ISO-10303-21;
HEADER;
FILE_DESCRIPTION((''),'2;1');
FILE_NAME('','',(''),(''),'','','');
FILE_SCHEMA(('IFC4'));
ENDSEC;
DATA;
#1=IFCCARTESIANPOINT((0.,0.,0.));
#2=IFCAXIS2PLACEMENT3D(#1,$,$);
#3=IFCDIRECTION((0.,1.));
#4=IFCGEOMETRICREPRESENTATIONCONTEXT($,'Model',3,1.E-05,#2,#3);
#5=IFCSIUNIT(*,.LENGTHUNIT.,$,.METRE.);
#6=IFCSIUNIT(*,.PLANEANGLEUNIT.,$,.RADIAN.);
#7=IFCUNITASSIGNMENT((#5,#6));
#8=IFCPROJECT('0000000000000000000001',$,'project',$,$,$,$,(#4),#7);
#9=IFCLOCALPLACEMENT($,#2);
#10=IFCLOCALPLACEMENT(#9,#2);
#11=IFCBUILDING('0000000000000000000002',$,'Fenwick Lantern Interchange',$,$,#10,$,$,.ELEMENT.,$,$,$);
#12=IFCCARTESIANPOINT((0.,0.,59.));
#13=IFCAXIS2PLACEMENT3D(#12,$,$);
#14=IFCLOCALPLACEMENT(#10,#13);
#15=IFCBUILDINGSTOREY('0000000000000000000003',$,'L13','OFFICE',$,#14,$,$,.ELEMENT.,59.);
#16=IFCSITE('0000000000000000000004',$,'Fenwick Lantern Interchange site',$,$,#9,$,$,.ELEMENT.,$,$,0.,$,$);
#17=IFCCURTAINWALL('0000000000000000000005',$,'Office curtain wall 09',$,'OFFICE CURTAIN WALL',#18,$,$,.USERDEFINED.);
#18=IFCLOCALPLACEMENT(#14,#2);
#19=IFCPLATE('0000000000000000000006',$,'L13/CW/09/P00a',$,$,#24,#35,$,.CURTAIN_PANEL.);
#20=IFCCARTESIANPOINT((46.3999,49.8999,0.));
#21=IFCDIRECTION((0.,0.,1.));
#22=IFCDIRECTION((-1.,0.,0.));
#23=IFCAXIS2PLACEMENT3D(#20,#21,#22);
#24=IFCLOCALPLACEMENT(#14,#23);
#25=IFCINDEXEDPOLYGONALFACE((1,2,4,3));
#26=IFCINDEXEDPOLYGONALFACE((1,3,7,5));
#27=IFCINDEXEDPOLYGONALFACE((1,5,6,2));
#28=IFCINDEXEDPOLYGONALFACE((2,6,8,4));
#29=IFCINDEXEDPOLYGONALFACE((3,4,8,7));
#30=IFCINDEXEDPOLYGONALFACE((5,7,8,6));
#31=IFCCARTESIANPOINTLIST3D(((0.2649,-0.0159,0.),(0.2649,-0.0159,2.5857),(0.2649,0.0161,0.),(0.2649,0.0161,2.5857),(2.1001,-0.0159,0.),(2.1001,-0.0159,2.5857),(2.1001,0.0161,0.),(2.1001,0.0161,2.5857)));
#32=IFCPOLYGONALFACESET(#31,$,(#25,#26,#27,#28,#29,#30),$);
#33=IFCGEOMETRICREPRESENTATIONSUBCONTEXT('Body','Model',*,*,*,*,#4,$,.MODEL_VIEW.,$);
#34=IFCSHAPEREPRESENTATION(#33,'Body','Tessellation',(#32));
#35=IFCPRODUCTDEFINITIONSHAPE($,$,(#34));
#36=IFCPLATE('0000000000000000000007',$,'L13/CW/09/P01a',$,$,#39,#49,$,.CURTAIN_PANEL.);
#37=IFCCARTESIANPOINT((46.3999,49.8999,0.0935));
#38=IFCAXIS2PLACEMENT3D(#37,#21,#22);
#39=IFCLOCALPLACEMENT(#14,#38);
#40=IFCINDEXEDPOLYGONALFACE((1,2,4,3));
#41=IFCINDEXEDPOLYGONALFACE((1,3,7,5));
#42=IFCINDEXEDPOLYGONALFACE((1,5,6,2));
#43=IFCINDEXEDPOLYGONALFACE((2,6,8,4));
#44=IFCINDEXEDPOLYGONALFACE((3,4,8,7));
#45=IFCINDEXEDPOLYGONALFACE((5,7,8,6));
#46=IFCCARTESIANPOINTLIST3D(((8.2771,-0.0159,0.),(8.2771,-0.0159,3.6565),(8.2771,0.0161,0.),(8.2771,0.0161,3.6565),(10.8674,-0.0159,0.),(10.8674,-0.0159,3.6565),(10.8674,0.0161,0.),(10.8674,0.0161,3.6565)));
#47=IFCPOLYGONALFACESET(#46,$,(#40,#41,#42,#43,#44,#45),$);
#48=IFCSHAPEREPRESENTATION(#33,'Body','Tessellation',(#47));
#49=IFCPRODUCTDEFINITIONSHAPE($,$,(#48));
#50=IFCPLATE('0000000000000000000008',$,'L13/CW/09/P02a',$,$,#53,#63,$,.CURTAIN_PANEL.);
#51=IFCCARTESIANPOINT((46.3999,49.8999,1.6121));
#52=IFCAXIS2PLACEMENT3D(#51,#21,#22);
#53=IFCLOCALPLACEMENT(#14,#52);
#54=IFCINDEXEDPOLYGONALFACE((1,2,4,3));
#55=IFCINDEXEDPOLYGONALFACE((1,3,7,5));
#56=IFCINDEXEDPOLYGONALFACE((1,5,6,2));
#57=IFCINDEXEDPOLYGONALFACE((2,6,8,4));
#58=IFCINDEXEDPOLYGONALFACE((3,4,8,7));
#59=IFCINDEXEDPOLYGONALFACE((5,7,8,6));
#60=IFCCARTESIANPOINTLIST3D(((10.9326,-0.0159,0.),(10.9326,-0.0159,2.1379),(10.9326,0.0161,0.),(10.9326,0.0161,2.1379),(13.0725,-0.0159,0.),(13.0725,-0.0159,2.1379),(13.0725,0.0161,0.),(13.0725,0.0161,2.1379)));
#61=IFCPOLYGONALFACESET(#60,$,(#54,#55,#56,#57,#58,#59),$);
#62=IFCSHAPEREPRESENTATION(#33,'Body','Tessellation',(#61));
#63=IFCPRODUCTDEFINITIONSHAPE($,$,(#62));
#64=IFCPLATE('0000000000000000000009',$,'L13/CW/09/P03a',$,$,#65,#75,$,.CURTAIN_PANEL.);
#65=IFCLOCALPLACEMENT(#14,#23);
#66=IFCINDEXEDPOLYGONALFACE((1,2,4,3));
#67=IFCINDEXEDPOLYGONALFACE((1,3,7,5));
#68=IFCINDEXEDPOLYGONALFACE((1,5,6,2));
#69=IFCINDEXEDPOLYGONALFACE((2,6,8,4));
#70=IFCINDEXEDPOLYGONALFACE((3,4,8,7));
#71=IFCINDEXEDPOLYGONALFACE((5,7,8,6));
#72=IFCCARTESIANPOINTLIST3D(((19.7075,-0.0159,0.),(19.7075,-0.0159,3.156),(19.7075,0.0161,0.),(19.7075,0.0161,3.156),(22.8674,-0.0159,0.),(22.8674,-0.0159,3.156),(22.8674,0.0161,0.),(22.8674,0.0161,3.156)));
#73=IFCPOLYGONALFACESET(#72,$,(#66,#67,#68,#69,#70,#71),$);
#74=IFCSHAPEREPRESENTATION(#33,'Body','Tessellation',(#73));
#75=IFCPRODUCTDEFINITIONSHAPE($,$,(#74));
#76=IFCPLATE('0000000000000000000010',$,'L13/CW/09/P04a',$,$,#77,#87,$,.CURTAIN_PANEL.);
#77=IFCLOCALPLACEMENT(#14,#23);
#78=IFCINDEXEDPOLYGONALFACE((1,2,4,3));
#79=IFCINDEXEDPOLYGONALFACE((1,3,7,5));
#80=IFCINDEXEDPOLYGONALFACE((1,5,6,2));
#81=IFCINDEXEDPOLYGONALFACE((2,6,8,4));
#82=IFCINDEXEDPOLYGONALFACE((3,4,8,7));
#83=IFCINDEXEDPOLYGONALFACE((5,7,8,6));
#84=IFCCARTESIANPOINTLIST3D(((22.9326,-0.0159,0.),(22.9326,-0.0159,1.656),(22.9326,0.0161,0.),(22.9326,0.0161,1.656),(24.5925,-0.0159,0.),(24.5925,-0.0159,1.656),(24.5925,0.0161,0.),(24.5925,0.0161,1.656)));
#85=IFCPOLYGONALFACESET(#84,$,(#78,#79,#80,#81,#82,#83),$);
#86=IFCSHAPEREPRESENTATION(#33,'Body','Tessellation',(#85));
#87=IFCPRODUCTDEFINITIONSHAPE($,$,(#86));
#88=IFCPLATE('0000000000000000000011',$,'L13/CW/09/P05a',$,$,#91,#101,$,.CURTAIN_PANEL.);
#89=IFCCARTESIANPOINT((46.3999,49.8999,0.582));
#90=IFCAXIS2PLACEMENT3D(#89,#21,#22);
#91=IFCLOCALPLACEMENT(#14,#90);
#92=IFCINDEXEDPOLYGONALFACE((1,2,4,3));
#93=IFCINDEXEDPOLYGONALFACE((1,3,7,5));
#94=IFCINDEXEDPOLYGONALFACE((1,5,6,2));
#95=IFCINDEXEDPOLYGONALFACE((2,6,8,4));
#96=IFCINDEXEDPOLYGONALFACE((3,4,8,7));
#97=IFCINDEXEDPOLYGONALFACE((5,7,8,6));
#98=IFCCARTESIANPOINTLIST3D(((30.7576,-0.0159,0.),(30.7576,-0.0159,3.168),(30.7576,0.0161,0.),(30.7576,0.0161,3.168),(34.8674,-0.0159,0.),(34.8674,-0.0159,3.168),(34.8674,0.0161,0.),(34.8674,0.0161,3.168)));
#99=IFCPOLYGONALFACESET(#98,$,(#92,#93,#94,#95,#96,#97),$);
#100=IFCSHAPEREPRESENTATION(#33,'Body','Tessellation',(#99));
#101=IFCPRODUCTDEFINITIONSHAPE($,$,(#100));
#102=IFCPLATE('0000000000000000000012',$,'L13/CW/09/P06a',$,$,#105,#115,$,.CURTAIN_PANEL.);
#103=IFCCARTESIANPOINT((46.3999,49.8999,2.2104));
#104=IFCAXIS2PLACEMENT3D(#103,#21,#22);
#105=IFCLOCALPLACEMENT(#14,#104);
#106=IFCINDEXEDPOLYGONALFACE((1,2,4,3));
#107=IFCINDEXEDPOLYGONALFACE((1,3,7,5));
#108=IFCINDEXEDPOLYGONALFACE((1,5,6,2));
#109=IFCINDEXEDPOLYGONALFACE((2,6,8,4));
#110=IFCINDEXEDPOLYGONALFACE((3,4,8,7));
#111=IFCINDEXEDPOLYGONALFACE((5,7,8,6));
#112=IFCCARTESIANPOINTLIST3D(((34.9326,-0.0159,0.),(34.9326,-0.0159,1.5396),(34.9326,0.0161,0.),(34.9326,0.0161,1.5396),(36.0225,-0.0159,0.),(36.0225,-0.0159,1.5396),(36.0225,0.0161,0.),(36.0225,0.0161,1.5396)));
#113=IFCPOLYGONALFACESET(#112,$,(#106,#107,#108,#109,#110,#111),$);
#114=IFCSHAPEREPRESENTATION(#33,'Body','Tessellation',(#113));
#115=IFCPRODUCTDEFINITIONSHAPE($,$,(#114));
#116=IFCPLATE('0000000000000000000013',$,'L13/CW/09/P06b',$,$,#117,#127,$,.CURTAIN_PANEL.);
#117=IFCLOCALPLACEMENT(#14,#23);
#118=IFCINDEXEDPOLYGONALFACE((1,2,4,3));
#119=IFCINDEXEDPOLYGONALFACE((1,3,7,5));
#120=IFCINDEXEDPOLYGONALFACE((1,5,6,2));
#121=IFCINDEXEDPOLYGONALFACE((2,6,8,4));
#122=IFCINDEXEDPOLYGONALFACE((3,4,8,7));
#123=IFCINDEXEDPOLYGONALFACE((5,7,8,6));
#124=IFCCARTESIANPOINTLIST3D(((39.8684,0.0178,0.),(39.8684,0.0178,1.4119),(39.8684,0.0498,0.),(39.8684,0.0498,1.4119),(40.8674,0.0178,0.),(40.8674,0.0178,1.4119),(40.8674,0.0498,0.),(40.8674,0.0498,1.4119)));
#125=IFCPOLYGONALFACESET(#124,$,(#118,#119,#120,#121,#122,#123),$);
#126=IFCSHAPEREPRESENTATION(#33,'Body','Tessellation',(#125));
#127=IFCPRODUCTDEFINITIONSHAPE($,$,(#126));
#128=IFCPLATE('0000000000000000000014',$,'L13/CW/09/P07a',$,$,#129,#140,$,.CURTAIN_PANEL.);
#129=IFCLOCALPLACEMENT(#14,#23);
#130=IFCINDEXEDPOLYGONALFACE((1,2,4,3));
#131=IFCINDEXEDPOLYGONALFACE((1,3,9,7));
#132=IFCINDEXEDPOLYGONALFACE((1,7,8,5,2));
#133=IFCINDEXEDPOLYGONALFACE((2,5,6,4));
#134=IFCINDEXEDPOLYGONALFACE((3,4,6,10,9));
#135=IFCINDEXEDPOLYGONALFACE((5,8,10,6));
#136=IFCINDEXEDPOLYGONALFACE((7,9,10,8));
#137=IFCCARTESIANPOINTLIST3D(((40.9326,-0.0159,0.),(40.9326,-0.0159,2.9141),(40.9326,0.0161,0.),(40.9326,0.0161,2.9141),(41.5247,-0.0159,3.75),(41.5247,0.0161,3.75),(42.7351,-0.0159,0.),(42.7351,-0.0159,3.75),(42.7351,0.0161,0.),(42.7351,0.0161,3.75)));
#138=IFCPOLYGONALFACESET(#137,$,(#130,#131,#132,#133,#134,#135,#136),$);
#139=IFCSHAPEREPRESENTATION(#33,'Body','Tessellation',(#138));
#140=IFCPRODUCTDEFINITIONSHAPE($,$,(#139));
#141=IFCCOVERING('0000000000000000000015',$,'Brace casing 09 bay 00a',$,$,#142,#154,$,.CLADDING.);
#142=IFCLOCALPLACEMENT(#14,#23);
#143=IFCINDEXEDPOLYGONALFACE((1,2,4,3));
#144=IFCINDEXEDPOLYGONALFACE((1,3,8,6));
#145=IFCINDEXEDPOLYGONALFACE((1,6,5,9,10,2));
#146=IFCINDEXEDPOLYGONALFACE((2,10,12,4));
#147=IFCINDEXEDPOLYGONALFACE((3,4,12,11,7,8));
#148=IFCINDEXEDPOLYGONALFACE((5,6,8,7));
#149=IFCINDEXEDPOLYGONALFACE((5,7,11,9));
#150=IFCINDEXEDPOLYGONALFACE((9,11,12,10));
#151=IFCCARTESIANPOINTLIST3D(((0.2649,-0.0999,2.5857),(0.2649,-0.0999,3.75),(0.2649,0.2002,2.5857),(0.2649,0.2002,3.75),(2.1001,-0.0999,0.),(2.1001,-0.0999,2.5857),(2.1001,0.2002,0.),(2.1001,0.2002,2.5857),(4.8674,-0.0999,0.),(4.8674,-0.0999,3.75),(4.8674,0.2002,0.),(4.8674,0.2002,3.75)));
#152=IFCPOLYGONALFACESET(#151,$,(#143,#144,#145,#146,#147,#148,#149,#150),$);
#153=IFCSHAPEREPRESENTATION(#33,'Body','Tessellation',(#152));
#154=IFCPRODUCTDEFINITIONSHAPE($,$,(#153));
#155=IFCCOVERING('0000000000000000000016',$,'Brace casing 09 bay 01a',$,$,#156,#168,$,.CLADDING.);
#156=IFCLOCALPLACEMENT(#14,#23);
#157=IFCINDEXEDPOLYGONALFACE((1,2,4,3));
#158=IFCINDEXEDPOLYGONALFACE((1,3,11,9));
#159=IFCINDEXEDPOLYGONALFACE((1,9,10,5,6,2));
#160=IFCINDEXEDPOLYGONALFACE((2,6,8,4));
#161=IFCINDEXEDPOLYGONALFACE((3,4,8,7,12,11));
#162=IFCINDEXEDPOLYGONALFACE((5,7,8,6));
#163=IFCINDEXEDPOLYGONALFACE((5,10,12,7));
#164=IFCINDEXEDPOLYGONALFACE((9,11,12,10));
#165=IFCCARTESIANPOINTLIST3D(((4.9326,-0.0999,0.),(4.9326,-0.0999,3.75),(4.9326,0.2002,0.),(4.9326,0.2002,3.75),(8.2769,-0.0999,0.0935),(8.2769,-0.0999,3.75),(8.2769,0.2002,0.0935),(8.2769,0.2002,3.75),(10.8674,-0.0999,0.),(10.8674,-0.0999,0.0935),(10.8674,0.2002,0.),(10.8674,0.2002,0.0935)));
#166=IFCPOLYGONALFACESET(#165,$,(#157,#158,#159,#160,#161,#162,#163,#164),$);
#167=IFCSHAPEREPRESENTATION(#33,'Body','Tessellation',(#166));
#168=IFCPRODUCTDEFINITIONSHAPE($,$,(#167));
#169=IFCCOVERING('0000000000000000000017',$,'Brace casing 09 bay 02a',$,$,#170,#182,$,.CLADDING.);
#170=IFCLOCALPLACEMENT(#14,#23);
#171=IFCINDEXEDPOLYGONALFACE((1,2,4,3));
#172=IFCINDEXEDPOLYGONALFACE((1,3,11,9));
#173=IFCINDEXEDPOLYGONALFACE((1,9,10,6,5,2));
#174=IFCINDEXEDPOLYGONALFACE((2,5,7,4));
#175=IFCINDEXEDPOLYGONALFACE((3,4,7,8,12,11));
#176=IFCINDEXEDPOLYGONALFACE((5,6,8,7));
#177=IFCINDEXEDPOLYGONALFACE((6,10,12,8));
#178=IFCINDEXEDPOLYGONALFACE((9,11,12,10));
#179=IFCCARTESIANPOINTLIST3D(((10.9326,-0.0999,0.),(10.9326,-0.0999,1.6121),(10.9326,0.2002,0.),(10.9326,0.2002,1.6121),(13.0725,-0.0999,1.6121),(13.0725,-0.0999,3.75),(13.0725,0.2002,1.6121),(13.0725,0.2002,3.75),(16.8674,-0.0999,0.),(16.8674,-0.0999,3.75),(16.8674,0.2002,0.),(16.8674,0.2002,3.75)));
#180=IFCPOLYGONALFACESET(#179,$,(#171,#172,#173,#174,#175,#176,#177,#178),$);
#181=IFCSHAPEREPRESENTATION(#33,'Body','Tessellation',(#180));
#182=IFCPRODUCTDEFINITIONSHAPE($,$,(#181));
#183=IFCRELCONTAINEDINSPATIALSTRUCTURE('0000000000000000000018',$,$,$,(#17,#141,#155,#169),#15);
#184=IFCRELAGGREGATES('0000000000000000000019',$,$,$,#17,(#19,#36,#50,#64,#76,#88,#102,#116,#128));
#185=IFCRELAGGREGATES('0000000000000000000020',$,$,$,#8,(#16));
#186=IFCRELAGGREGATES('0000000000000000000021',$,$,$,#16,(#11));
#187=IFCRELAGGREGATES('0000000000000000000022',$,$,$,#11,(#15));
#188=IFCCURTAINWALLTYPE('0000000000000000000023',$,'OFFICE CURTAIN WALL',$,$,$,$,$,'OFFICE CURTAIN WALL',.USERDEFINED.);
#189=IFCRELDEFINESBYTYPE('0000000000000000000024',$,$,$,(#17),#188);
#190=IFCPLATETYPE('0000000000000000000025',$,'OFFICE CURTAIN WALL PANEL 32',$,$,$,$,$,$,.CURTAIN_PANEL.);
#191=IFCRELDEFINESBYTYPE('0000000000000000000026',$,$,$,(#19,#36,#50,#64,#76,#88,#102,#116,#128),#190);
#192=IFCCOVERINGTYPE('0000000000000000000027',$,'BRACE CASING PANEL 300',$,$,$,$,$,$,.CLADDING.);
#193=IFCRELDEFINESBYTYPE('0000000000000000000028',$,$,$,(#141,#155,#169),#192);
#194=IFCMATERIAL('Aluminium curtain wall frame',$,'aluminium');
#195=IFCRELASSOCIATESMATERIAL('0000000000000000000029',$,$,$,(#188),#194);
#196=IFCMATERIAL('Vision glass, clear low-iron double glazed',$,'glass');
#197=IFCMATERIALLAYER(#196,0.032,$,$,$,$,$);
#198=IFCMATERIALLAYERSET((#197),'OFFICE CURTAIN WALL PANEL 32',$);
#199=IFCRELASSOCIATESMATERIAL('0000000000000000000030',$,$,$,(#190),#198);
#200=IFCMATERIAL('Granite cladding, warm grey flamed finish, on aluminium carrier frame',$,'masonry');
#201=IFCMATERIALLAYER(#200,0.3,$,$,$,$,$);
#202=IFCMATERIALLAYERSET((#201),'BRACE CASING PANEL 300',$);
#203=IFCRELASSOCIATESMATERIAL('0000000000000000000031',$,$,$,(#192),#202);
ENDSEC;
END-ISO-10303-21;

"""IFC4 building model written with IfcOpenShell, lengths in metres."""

from ifc_helpers import new_model, si_unit, direction, frame, origin, place, context, subcontext, project, spatial, polyline, outline, extrude, material, layer, layer_set, type_object, element, aggregate, save


model = new_model("IFC4")

# Units and contexts
model_context = context("Model", 3, precision=1e-05, world=origin(), true_north=direction((0.0, 1.0)))
body_context = subcontext(model_context, "Body", "Model", "MODEL_VIEW")
ifc_project = project(units=[si_unit("LENGTHUNIT", "METRE"), si_unit("PLANEANGLEUNIT", "RADIAN")], contexts=[model_context])

# Site, building, storey
site_placement = place(None, origin())
site = spatial("IfcSite", under=ifc_project, at=site_placement, Name="Fenwick Lantern Interchange site", CompositionType="ELEMENT", RefElevation=0.0)
building_placement = place(site_placement, origin())
building = spatial("IfcBuilding", under=site, at=building_placement, Name="Fenwick Lantern Interchange", CompositionType="ELEMENT")
storey_placement = place(building_placement, frame((0.0, 0.0, 59.0)))
storey = spatial("IfcBuildingStorey", under=building, at=storey_placement, Name="L13", Description="OFFICE", CompositionType="ELEMENT", Elevation=59.0)

# Shared definitions
ifc_material_1 = material(Name="Aluminium curtain wall frame", Category="aluminium")
curtain_wall_type = type_object("IfcCurtainWallType", Name="OFFICE CURTAIN WALL", ElementType="OFFICE CURTAIN WALL", PredefinedType="USERDEFINED", material=ifc_material_1)

# Curtain wall
curtain_wall_1_placement = place(storey_placement, origin())
curtain_wall_1 = element("IfcCurtainWall", 1, at=curtain_wall_1_placement, inside=storey, type_object=curtain_wall_type, Name="Office curtain wall 09", ObjectType="OFFICE CURTAIN WALL", PredefinedType="USERDEFINED")

# Plates
ifc_material_2 = material(Name="Vision glass, clear low-iron double glazed", Category="glass")
ifc_layer_1 = layer(ifc_material_2, 0.032)
ifc_layer_set_1 = layer_set([ifc_layer_1], Name="OFFICE CURTAIN WALL PANEL 32")
plate_type = type_object("IfcPlateType", Name="OFFICE CURTAIN WALL PANEL 32", PredefinedType="CURTAIN_PANEL", material=ifc_layer_set_1)
plate_1_placement = place(storey_placement, frame((46.3999, 49.8999, 0.0), z_axis=(0.0, 0.0, 1.0), x_axis=(-1.0, 0.0, 0.0)))
plate_1 = element("IfcPlate", 2, at=plate_1_placement, type_object=plate_type, Name="L13/CW/09/P00a", PredefinedType="CURTAIN_PANEL", context=body_context, shape_type="SweptSolid", body=[
    extrude(outline(polyline([(0.2649, 0.0), (2.1001, 0.0), (2.1001, 2.5857), (0.2649, 2.5857), (0.2649, 0.0)])), frame((0.0, 0.0161, 0.0), z_axis=(0.0, -1.0, 0.0), x_axis=(1.0, 0.0, 0.0)), (0.0, 0.0, 1.0), 0.032),
])
plate_2_placement = place(storey_placement, frame((46.3999, 49.8999, 0.0935), z_axis=(0.0, 0.0, 1.0), x_axis=(-1.0, 0.0, 0.0)))
plate_2 = element("IfcPlate", 3, at=plate_2_placement, type_object=plate_type, Name="L13/CW/09/P01a", PredefinedType="CURTAIN_PANEL", context=body_context, shape_type="SweptSolid", body=[
    extrude(outline(polyline([(8.2771, 0.0), (10.8674, 0.0), (10.8674, 3.6565), (8.2771, 3.6565), (8.2771, 0.0)])), frame((0.0, 0.0161, 0.0), z_axis=(0.0, -1.0, 0.0), x_axis=(1.0, 0.0, 0.0)), (0.0, 0.0, 1.0), 0.032),
])
plate_3_placement = place(storey_placement, frame((46.3999, 49.8999, 1.6121), z_axis=(0.0, 0.0, 1.0), x_axis=(-1.0, 0.0, 0.0)))
plate_3 = element("IfcPlate", 4, at=plate_3_placement, type_object=plate_type, Name="L13/CW/09/P02a", PredefinedType="CURTAIN_PANEL", context=body_context, shape_type="SweptSolid", body=[
    extrude(outline(polyline([(10.9326, 0.0), (13.0725, 0.0), (13.0725, 2.1379), (10.9326, 2.1379), (10.9326, 0.0)])), frame((0.0, 0.0161, 0.0), z_axis=(0.0, -1.0, 0.0), x_axis=(1.0, 0.0, 0.0)), (0.0, 0.0, 1.0), 0.032),
])
plate_4_placement = place(storey_placement, frame((46.3999, 49.8999, 0.0), z_axis=(0.0, 0.0, 1.0), x_axis=(-1.0, 0.0, 0.0)))
plate_4 = element("IfcPlate", 5, at=plate_4_placement, type_object=plate_type, Name="L13/CW/09/P03a", PredefinedType="CURTAIN_PANEL", context=body_context, shape_type="SweptSolid", body=[
    extrude(outline(polyline([(19.7075, 0.0), (22.8674, 0.0), (22.8674, 3.156), (19.7075, 3.156), (19.7075, 0.0)])), frame((0.0, 0.0161, 0.0), z_axis=(0.0, -1.0, 0.0), x_axis=(1.0, 0.0, 0.0)), (0.0, 0.0, 1.0), 0.032),
])
plate_5_placement = place(storey_placement, frame((46.3999, 49.8999, 0.0), z_axis=(0.0, 0.0, 1.0), x_axis=(-1.0, 0.0, 0.0)))
plate_5 = element("IfcPlate", 6, at=plate_5_placement, type_object=plate_type, Name="L13/CW/09/P04a", PredefinedType="CURTAIN_PANEL", context=body_context, shape_type="SweptSolid", body=[
    extrude(outline(polyline([(22.9326, 0.0), (24.5925, 0.0), (24.5925, 1.656), (22.9326, 1.656), (22.9326, 0.0)])), frame((0.0, 0.0161, 0.0), z_axis=(0.0, -1.0, 0.0), x_axis=(1.0, 0.0, 0.0)), (0.0, 0.0, 1.0), 0.032),
])
plate_6_placement = place(storey_placement, frame((46.3999, 49.8999, 0.582), z_axis=(0.0, 0.0, 1.0), x_axis=(-1.0, 0.0, 0.0)))
plate_6 = element("IfcPlate", 7, at=plate_6_placement, type_object=plate_type, Name="L13/CW/09/P05a", PredefinedType="CURTAIN_PANEL", context=body_context, shape_type="SweptSolid", body=[
    extrude(outline(polyline([(30.7576, 0.0), (34.8674, 0.0), (34.8674, 3.168), (30.7576, 3.168), (30.7576, 0.0)])), frame((0.0, 0.0161, 0.0), z_axis=(0.0, -1.0, 0.0), x_axis=(1.0, 0.0, 0.0)), (0.0, 0.0, 1.0), 0.032),
])
plate_7_placement = place(storey_placement, frame((46.3999, 49.8999, 2.2104), z_axis=(0.0, 0.0, 1.0), x_axis=(-1.0, 0.0, 0.0)))
plate_7 = element("IfcPlate", 8, at=plate_7_placement, type_object=plate_type, Name="L13/CW/09/P06a", PredefinedType="CURTAIN_PANEL", context=body_context, shape_type="SweptSolid", body=[
    extrude(outline(polyline([(34.9326, 0.0), (36.0225, 0.0), (36.0225, 1.5396), (34.9326, 1.5396), (34.9326, 0.0)])), frame((0.0, 0.0161, 0.0), z_axis=(0.0, -1.0, 0.0), x_axis=(1.0, 0.0, 0.0)), (0.0, 0.0, 1.0), 0.032),
])
plate_8_placement = place(storey_placement, frame((46.3999, 49.8999, 0.0), z_axis=(0.0, 0.0, 1.0), x_axis=(-1.0, 0.0, 0.0)))
plate_8 = element("IfcPlate", 9, at=plate_8_placement, type_object=plate_type, Name="L13/CW/09/P06b", PredefinedType="CURTAIN_PANEL", context=body_context, shape_type="SweptSolid", body=[
    extrude(outline(polyline([(39.8684, 0.0), (40.8674, 0.0), (40.8674, 1.4119), (39.8684, 1.4119), (39.8684, 0.0)])), frame((0.0, 0.0498, 0.0), z_axis=(0.0, -1.0, 0.0), x_axis=(1.0, 0.0, 0.0)), (0.0, 0.0, 1.0), 0.032),
])
plate_9_placement = place(storey_placement, frame((46.3999, 49.8999, 0.0), z_axis=(0.0, 0.0, 1.0), x_axis=(-1.0, 0.0, 0.0)))
plate_9 = element("IfcPlate", 10, at=plate_9_placement, type_object=plate_type, Name="L13/CW/09/P07a", PredefinedType="CURTAIN_PANEL", context=body_context, shape_type="SweptSolid", body=[
    extrude(outline(polyline([(40.9326, 0.0), (42.7351, 0.0), (42.7351, 3.75), (41.5247, 3.75), (40.9326, 2.9141), (40.9326, 0.0)])), frame((0.0, 0.0161, 0.0), z_axis=(0.0, -1.0, 0.0), x_axis=(1.0, 0.0, 0.0)), (0.0, 0.0, 1.0), 0.032),
])
aggregate(curtain_wall_1, [plate_1, plate_2, plate_3, plate_4, plate_5, plate_6, plate_7, plate_8, plate_9])

# Coverings
ifc_material_3 = material(Name="Granite cladding, warm grey flamed finish, on aluminium carrier frame", Category="masonry")
ifc_layer_2 = layer(ifc_material_3, 0.3)
ifc_layer_set_2 = layer_set([ifc_layer_2], Name="BRACE CASING PANEL 300")
covering_type = type_object("IfcCoveringType", Name="BRACE CASING PANEL 300", PredefinedType="CLADDING", material=ifc_layer_set_2)
covering_1_placement = place(storey_placement, frame((46.3999, 49.8999, 0.0), z_axis=(0.0, 0.0, 1.0), x_axis=(-1.0, 0.0, 0.0)))
element("IfcCovering", 11, at=covering_1_placement, inside=storey, type_object=covering_type, Name="Brace casing 09 bay 00a", PredefinedType="CLADDING", context=body_context, shape_type="SweptSolid", body=[
    extrude(outline(polyline([(2.1001, 0.0), (4.8674, 0.0), (4.8674, 3.75), (0.2649, 3.75), (0.2649, 2.5857), (2.1001, 2.5857), (2.1001, 0.0)])), frame((0.0, 0.2002, 0.0), z_axis=(0.0, -1.0, 0.0), x_axis=(1.0, 0.0, 0.0)), (0.0, 0.0, 1.0), 0.3),
])
covering_2_placement = place(storey_placement, frame((46.3999, 49.8999, 0.0), z_axis=(0.0, 0.0, 1.0), x_axis=(-1.0, 0.0, 0.0)))
element("IfcCovering", 12, at=covering_2_placement, inside=storey, type_object=covering_type, Name="Brace casing 09 bay 01a", PredefinedType="CLADDING", context=body_context, shape_type="SweptSolid", body=[
    extrude(outline(polyline([(4.9326, 0.0), (10.8674, 0.0), (10.8674, 0.0935), (8.2769, 0.0935), (8.2769, 3.75), (4.9326, 3.75), (4.9326, 0.0)])), frame((0.0, 0.2002, 0.0), z_axis=(0.0, -1.0, 0.0), x_axis=(1.0, 0.0, 0.0)), (0.0, 0.0, 1.0), 0.3),
])
covering_3_placement = place(storey_placement, frame((46.3999, 49.8999, 0.0), z_axis=(0.0, 0.0, 1.0), x_axis=(-1.0, 0.0, 0.0)))
element("IfcCovering", 13, at=covering_3_placement, inside=storey, type_object=covering_type, Name="Brace casing 09 bay 02a", PredefinedType="CLADDING", context=body_context, shape_type="SweptSolid", body=[
    extrude(outline(polyline([(10.9326, 0.0), (16.8674, 0.0), (16.8674, 3.75), (13.0725, 3.75), (13.0725, 1.6121), (10.9326, 1.6121), (10.9326, 0.0)])), frame((0.0, 0.2002, 0.0), z_axis=(0.0, -1.0, 0.0), x_axis=(1.0, 0.0, 0.0)), (0.0, 0.0, 1.0), 0.3),
])

save(model, "model.ifc")
